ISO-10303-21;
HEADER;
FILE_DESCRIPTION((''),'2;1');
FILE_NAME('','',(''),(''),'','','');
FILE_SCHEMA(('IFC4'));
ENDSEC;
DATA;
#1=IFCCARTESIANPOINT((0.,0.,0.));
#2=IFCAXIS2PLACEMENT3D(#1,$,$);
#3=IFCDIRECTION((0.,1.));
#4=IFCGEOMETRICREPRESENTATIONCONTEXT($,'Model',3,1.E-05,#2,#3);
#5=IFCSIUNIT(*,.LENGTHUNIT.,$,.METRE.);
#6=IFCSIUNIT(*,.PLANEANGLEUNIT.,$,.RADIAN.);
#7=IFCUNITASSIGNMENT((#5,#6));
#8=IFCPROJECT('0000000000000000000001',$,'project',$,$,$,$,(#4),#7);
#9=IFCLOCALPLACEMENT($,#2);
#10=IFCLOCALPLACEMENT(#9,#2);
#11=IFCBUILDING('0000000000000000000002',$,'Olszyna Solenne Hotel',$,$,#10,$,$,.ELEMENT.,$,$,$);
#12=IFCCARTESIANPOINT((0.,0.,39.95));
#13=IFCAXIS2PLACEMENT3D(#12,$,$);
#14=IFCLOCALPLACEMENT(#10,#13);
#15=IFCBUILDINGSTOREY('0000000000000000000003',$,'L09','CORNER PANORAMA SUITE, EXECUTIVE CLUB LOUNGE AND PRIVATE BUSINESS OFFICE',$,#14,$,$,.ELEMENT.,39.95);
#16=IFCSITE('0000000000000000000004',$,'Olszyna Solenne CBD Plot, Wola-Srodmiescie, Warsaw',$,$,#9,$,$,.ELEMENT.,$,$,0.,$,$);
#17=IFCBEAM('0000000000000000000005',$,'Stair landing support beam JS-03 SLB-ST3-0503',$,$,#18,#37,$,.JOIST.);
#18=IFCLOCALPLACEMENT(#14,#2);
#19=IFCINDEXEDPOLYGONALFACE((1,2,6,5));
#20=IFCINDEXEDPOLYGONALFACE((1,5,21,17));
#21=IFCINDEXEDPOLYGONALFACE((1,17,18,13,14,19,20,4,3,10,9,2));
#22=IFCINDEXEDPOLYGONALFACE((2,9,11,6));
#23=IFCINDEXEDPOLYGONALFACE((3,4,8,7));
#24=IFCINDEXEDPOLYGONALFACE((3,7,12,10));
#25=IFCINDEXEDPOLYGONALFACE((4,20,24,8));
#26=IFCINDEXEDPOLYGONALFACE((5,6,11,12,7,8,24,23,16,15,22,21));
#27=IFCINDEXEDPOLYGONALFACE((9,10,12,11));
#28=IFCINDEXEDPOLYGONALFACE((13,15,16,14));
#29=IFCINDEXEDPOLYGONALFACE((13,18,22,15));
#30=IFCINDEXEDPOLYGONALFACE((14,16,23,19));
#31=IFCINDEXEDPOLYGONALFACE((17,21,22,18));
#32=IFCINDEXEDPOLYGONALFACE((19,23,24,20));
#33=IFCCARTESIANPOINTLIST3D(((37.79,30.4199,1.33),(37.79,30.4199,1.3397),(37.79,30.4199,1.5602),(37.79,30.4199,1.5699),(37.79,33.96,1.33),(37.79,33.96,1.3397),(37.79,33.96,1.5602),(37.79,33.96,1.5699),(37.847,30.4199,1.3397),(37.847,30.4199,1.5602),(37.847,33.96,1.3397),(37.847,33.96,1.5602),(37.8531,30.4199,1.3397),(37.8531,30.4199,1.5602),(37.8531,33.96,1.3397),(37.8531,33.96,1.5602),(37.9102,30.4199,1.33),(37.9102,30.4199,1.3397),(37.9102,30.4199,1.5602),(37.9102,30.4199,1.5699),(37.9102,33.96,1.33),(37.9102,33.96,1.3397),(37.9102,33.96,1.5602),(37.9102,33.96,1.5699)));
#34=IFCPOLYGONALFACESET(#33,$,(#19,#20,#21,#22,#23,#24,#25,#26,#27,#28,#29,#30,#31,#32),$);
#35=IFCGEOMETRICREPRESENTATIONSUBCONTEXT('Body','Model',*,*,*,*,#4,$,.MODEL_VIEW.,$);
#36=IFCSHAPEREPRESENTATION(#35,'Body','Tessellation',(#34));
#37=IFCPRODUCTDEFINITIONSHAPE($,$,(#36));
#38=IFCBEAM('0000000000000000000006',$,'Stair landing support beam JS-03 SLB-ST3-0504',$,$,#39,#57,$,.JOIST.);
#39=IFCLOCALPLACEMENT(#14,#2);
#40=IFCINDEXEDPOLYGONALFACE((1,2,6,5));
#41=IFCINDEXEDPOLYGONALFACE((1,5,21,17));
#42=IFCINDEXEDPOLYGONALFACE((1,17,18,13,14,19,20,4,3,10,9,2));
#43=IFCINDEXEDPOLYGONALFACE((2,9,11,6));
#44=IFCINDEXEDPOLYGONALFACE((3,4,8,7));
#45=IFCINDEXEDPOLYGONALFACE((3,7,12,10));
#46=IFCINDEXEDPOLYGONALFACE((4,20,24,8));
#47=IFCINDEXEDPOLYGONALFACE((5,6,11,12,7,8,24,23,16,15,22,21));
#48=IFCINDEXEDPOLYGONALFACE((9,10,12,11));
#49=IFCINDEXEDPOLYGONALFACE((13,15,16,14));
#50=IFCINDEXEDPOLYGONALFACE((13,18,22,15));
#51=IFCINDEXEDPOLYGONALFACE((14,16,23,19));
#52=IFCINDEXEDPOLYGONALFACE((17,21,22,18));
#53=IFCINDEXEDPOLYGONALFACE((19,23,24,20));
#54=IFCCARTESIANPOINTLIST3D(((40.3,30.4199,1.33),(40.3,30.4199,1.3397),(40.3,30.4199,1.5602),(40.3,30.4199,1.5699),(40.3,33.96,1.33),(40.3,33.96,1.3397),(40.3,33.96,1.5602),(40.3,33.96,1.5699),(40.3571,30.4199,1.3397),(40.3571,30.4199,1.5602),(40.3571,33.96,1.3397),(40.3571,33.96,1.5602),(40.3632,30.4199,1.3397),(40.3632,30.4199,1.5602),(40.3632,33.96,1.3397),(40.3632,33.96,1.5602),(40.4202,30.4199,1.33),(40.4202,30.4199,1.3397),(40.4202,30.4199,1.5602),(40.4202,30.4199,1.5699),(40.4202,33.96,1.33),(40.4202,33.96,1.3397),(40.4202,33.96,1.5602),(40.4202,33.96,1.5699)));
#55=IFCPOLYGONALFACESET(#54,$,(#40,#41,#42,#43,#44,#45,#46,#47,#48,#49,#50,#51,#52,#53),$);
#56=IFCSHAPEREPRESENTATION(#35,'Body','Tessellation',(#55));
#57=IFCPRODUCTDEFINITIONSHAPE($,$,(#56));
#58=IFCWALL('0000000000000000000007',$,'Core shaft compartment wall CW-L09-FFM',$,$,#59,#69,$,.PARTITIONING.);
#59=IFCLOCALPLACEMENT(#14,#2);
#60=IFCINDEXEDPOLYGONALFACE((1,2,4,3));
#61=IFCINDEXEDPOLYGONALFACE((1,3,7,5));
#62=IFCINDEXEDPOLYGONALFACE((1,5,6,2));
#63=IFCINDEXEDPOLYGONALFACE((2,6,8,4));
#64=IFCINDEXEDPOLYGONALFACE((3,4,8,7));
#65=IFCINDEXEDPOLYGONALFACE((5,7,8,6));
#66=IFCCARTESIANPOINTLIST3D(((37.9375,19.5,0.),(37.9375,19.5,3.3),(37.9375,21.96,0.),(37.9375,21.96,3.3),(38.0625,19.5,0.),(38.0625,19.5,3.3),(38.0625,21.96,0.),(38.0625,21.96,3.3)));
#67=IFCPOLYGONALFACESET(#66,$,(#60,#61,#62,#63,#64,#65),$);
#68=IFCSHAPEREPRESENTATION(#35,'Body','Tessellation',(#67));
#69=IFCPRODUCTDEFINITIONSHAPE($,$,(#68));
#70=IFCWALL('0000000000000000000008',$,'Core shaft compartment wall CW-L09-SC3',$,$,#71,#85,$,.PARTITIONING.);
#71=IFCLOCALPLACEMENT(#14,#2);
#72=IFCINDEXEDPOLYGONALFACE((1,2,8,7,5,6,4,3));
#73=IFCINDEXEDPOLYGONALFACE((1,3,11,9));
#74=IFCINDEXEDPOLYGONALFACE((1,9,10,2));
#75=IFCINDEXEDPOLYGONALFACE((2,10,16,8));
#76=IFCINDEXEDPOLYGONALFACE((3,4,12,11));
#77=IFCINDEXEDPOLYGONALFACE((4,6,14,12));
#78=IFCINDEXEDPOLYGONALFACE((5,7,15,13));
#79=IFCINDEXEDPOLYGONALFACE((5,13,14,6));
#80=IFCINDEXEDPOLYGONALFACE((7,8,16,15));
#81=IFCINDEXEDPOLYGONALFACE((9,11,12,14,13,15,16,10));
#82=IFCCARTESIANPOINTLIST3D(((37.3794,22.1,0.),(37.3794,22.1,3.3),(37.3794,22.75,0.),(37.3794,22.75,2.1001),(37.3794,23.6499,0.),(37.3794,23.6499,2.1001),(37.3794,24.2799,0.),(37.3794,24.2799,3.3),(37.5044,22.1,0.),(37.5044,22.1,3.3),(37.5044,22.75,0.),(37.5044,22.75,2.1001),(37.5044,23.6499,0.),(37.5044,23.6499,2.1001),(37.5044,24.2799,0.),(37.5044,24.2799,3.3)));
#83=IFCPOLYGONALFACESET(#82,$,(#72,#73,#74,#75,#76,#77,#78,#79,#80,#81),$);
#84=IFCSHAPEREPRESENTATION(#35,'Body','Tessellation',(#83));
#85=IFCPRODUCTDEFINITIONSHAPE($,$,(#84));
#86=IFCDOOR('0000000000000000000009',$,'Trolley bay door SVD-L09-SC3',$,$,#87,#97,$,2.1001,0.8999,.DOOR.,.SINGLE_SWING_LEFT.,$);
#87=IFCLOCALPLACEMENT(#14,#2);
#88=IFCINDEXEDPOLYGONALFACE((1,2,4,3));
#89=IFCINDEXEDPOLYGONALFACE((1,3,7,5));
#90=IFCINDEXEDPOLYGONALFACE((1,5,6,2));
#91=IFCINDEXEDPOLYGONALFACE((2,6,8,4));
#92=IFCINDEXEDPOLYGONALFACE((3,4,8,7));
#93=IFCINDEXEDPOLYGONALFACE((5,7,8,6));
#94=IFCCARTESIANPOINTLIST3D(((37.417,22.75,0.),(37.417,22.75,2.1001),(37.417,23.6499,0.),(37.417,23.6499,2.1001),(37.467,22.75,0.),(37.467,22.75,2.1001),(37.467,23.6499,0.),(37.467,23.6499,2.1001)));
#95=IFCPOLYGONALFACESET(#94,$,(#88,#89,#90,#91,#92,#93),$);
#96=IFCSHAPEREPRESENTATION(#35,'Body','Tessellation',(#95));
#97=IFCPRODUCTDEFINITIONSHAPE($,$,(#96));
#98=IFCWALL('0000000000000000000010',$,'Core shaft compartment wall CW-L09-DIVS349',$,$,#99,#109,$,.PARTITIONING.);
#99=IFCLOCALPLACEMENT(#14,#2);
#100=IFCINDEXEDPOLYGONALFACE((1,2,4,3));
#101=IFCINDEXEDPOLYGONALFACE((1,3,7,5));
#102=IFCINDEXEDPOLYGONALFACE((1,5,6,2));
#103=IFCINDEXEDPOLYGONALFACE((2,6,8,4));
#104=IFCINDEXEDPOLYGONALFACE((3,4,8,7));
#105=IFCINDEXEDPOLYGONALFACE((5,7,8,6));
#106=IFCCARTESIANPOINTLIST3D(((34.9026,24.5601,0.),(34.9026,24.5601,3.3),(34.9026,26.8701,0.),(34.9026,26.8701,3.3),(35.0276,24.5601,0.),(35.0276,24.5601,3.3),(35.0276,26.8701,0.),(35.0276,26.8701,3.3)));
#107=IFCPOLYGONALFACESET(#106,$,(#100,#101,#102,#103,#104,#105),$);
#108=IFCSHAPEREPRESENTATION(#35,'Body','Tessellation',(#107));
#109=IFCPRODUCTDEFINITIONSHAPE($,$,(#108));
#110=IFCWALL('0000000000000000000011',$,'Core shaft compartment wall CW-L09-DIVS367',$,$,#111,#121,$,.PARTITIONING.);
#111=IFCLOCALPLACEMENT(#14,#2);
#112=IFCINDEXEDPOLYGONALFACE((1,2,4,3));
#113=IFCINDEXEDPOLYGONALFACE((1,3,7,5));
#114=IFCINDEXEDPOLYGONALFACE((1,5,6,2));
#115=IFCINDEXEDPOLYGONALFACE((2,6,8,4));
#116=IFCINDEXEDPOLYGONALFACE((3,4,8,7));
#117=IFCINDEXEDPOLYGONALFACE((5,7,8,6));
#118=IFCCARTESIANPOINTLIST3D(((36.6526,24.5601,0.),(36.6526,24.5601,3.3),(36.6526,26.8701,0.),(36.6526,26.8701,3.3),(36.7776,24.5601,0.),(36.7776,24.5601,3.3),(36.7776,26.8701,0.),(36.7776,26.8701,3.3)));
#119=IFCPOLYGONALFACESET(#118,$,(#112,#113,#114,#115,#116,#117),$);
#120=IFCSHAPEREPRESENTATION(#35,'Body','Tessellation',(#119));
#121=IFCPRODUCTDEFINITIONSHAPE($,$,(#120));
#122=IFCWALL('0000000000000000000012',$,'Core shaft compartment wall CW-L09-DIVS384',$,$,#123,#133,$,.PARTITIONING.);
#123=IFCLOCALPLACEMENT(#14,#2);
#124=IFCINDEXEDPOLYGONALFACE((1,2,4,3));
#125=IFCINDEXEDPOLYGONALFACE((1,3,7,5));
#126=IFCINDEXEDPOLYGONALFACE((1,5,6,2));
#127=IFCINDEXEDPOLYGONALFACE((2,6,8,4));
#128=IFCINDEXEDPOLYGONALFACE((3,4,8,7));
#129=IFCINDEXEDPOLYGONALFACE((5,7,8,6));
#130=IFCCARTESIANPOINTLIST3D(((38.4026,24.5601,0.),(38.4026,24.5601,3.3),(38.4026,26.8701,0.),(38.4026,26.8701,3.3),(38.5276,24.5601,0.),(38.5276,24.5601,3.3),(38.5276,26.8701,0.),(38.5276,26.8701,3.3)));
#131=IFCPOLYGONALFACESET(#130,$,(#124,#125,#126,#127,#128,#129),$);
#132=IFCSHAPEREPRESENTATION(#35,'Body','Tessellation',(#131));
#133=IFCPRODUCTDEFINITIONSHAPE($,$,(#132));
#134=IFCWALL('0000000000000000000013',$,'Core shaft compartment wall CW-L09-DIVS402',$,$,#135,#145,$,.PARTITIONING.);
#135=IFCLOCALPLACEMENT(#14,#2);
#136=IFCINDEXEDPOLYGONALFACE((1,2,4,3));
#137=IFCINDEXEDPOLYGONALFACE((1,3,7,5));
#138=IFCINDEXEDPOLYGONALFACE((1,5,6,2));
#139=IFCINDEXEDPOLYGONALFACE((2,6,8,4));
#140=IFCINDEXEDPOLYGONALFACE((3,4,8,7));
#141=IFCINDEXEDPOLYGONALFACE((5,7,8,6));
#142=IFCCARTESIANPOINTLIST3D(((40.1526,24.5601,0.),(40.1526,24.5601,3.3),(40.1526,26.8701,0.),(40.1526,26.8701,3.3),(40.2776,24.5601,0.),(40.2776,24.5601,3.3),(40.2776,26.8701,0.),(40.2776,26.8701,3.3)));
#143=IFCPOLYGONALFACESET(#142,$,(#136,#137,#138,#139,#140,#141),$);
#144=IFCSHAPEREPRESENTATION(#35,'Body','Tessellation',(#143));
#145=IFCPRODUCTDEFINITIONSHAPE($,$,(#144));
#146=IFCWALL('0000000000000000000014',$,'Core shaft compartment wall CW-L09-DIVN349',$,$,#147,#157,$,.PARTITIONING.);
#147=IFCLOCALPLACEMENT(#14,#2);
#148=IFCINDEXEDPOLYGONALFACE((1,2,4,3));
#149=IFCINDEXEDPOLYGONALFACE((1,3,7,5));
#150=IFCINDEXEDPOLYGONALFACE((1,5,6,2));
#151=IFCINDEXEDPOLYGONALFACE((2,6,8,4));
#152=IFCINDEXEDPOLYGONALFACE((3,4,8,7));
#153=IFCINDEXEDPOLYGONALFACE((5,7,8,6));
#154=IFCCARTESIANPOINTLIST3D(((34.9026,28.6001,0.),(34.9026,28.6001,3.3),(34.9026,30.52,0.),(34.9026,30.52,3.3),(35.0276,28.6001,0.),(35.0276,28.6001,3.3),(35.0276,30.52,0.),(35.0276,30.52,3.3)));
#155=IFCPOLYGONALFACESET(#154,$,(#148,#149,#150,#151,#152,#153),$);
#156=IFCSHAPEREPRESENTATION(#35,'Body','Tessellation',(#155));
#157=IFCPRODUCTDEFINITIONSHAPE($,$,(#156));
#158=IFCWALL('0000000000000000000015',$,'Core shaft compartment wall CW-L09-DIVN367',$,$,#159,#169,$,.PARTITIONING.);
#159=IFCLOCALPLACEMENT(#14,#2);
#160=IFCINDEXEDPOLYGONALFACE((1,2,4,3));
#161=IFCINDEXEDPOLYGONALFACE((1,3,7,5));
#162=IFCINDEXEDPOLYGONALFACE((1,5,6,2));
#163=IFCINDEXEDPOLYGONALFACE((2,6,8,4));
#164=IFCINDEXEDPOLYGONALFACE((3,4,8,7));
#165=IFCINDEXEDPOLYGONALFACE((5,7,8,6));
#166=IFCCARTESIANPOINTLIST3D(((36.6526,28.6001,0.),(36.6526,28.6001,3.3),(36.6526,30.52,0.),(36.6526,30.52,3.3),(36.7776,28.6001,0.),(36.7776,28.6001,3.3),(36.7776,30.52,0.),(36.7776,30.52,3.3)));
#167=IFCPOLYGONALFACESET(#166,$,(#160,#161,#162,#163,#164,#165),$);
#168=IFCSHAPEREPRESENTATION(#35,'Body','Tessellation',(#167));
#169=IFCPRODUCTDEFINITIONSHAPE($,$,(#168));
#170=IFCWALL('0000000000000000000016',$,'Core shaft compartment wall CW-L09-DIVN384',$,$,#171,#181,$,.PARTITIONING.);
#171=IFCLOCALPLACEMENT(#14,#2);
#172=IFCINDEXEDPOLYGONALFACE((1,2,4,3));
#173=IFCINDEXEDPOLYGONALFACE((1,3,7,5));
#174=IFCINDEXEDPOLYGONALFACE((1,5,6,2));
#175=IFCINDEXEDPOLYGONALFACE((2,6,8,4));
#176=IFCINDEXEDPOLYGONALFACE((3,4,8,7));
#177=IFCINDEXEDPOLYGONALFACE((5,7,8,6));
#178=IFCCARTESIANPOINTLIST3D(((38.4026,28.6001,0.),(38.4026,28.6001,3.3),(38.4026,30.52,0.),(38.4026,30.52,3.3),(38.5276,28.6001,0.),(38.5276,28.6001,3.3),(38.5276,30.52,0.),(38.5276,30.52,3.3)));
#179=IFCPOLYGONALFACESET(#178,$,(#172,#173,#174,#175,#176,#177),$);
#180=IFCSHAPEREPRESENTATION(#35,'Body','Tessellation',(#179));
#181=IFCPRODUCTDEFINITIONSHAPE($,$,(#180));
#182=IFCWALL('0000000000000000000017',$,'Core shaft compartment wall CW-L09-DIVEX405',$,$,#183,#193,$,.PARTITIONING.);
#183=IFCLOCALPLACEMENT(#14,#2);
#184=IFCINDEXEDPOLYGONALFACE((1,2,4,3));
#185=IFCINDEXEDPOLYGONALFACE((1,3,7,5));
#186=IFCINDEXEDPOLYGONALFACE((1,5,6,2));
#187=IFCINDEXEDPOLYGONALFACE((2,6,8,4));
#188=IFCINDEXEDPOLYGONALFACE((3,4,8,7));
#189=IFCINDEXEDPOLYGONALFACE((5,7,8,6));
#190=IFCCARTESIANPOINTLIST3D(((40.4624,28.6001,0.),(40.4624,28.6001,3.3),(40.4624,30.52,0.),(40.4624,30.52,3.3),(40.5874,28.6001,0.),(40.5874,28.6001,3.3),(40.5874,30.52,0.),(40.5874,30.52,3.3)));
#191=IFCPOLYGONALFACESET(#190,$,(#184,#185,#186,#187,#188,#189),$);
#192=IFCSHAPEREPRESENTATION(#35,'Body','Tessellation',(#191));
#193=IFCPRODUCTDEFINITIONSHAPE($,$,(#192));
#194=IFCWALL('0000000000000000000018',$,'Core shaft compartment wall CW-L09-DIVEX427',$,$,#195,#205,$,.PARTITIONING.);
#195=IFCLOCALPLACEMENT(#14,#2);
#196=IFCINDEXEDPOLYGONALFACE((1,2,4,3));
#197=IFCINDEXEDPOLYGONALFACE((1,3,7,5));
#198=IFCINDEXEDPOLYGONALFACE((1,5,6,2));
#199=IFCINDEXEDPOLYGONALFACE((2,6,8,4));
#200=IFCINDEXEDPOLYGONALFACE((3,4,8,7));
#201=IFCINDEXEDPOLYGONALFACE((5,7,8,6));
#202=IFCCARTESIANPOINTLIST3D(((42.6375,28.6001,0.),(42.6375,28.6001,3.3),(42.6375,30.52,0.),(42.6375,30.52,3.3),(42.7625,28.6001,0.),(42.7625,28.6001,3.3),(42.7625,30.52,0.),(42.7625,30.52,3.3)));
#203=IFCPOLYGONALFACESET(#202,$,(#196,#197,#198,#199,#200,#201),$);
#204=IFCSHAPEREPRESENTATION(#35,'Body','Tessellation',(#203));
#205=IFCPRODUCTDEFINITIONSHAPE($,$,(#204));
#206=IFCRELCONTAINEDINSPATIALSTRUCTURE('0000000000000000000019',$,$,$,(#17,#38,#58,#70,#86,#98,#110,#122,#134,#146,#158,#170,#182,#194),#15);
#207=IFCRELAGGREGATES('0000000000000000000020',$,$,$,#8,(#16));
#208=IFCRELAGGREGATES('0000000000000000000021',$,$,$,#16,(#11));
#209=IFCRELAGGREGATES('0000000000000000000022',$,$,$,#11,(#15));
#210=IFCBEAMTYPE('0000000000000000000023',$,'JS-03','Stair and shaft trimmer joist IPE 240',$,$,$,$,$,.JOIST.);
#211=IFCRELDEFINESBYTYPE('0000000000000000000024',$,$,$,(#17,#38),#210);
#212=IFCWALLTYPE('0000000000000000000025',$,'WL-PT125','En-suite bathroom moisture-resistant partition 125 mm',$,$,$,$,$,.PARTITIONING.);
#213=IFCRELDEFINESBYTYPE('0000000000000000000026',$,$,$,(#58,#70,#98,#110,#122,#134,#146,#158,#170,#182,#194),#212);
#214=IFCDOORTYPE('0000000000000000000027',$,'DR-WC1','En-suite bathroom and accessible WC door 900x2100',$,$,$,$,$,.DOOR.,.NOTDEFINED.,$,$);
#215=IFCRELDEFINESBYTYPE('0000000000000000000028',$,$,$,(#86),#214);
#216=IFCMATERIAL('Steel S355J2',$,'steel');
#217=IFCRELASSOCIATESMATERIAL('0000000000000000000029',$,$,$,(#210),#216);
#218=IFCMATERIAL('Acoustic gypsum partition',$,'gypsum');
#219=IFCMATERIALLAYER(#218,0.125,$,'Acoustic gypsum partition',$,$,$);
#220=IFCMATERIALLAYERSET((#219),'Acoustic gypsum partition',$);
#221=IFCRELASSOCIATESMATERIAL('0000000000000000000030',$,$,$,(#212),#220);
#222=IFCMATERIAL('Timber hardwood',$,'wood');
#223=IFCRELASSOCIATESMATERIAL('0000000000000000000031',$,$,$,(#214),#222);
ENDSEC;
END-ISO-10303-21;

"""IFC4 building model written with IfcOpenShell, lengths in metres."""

from ifc_helpers import new_model, si_unit, direction, frame, frame_2d, origin, origin_2d, place, context, subcontext, project, spatial, rectangle, i_section, extrude, source, transform, mapped, material, layer, layer_set, material_profile, profile_set, type_object, type_shapes, element, fill, save


model = new_model("IFC4")

# Units and contexts
model_context = context("Model", 3, precision=1e-05, world=origin(), true_north=direction((0.0, 1.0)))
body_context = subcontext(model_context, "Body", "Model", "MODEL_VIEW")
ifc_project = project(units=[si_unit("LENGTHUNIT", "METRE"), si_unit("PLANEANGLEUNIT", "RADIAN")], contexts=[model_context])

# Site, building, storey
site_placement = place(None, origin())
site = spatial("IfcSite", under=ifc_project, at=site_placement, Name="Olszyna Solenne CBD Plot, Wola-Srodmiescie, Warsaw", CompositionType="ELEMENT", RefElevation=0.0)
building_placement = place(site_placement, origin())
building = spatial("IfcBuilding", under=site, at=building_placement, Name="Olszyna Solenne Hotel", CompositionType="ELEMENT")
storey_placement = place(building_placement, frame((0.0, 0.0, 39.95)))
storey = spatial("IfcBuildingStorey", under=building, at=storey_placement, Name="L09", Description="CORNER PANORAMA SUITE, EXECUTIVE CLUB LOUNGE AND PRIVATE BUSINESS OFFICE", CompositionType="ELEMENT", Elevation=39.95)

# Beams
ifc_material_1 = material(Name="Steel S355J2", Category="steel")
ifc_material_profile = material_profile(ifc_material_1, i_section(OverallWidth=0.1201, OverallDepth=0.24, WebThickness=0.0061, FlangeThickness=0.0098, at=origin_2d()), Name="IPE 240", Category="load-bearing")
ifc_profile_set = profile_set([ifc_material_profile], Name="Steel S355J2")
beam_type = type_object("IfcBeamType", Name="JS-03", Description="Stair and shaft trimmer joist IPE 240", PredefinedType="JOIST", material=ifc_profile_set)
shared_shape_1 = source(origin(), body_context, "Body", "SweptSolid", [
    extrude(i_section(OverallWidth=0.1201, OverallDepth=0.24, WebThickness=0.0061, FlangeThickness=0.0098, at=origin_2d()), origin(), (0.0, 0.0, 1.0), 3.54),
])
for number, where, z_axis, x_axis, name in (
    (1, (37.8501, 30.4199, 1.45), (0.0, 1.0, 0.0), (-1.0, 0.0, 0.0), "Stair landing support beam JS-03 SLB-ST3-0503"),
    (2, (40.3601, 30.4199, 1.45), (0.0, 1.0, 0.0), (-1.0, 0.0, 0.0), "Stair landing support beam JS-03 SLB-ST3-0504"),
):
    element("IfcBeam", number, at=place(storey_placement, frame(where, z_axis=z_axis, x_axis=x_axis)), inside=storey, type_object=beam_type, Name=name, PredefinedType="JOIST", context=body_context, shape_type="MappedRepresentation", body=[
        mapped(shared_shape_1, transform((0.0, 0.0, 0.0), x_axis=(1.0, 0.0, 0.0), y_axis=(0.0, 1.0, 0.0), z_axis=(0.0, 0.0, 1.0), scale=1.0)),
    ])

# Wall
ifc_material_2 = material(Name="Acoustic gypsum partition", Category="gypsum")
ifc_layer_1 = layer(ifc_material_2, 0.125, Name="Acoustic gypsum partition")
ifc_layer_set_1 = layer_set([ifc_layer_1], Name="Acoustic gypsum partition")
wall_type_1 = type_object("IfcWallType", Name="WL-PT125", Description="En-suite bathroom moisture-resistant partition 125 mm", PredefinedType="PARTITIONING", material=ifc_layer_set_1)
wall_1_placement = place(storey_placement, frame((38.0, 19.5, 0.0), z_axis=(0.0, 0.0, 1.0), x_axis=(0.0, 1.0, 0.0)))
element("IfcWall", 3, at=wall_1_placement, inside=storey, type_object=wall_type_1, Name="Core shaft compartment wall CW-L09-FFM", PredefinedType="PARTITIONING", context=body_context, shape_type="SweptSolid", body=[
    extrude(rectangle(XDim=2.46, YDim=0.125, at=frame_2d((1.23, 0.0))), origin(), (0.0, 0.0, 1.0), 3.3),
])

# Wall, opening, door
wall_2_placement = place(storey_placement, frame((37.4419, 22.1001, 0.0), z_axis=(0.0, 0.0, 1.0), x_axis=(0.0, 1.0, 0.0)))
wall_2 = element("IfcWall", 4, at=wall_2_placement, inside=storey, type_object=wall_type_1, Name="Core shaft compartment wall CW-L09-SC3", PredefinedType="PARTITIONING", context=body_context, shape_type="SweptSolid", body=[
    extrude(rectangle(XDim=2.1799, YDim=0.125, at=frame_2d((1.0898, 0.0))), origin(), (0.0, 0.0, 1.0), 3.3),
])
opening_1_placement = place(wall_2_placement, frame((0.6499, 0.0, 0.0)))
opening_1 = element("IfcOpeningElement", 5, at=opening_1_placement, cuts=wall_2, PredefinedType="OPENING", context=body_context, shape_type="SweptSolid", body=[
    extrude(rectangle(XDim=0.8999, YDim=2.1001, at=frame_2d((0.45, 1.05))), frame((0.0, 0.0725, 0.0), z_axis=(0.0, -1.0, 0.0), x_axis=(1.0, 0.0, 0.0)), (0.0, 0.0, 1.0), 0.145),
])
ifc_material_3 = material(Name="Timber hardwood", Category="wood")
door_type_1 = type_object("IfcDoorType", Name="DR-WC1", Description="En-suite bathroom and accessible WC door 900x2100", OperationType="NOTDEFINED", PredefinedType="DOOR", material=ifc_material_3)
shared_shape_2 = source(origin(), body_context, "Body", "SweptSolid", [
    extrude(rectangle(XDim=0.8999, YDim=2.1001, at=frame_2d((0.45, 1.05))), frame((0.0, 0.0249, 0.0), z_axis=(0.0, -1.0, 0.0), x_axis=(1.0, 0.0, 0.0)), (0.0, 0.0, 1.0), 0.05),
])
type_shapes(door_type_1, [shared_shape_2])
door_1_placement = place(opening_1_placement, origin())
door_1 = element("IfcDoor", 6, at=door_1_placement, inside=storey, type_object=door_type_1, Name="Trolley bay door SVD-L09-SC3", OperationType="SINGLE_SWING_LEFT", OverallHeight=2.1001, OverallWidth=0.8999, PredefinedType="DOOR", context=body_context, shape_type="MappedRepresentation", body=[
    mapped(shared_shape_2, transform((0.0, 0.0, 0.0), x_axis=(1.0, 0.0, 0.0), y_axis=(0.0, 1.0, 0.0), z_axis=(0.0, 0.0, 1.0), scale=1.0)),
])
fill(opening_1, door_1)

# Walls
for number, where, z_axis, x_axis, name in (
    (7, (34.9651, 24.5601, 0.0), (0.0, 0.0, 1.0), (0.0, 1.0, 0.0), "Core shaft compartment wall CW-L09-DIVS349"),
    (8, (36.7151, 24.5601, 0.0), (0.0, 0.0, 1.0), (0.0, 1.0, 0.0), "Core shaft compartment wall CW-L09-DIVS367"),
    (9, (38.4651, 24.5601, 0.0), (0.0, 0.0, 1.0), (0.0, 1.0, 0.0), "Core shaft compartment wall CW-L09-DIVS384"),
    (10, (40.2151, 24.5601, 0.0), (0.0, 0.0, 1.0), (0.0, 1.0, 0.0), "Core shaft compartment wall CW-L09-DIVS402"),
):
    element("IfcWall", number, at=place(storey_placement, frame(where, z_axis=z_axis, x_axis=x_axis)), inside=storey, type_object=wall_type_1, Name=name, PredefinedType="PARTITIONING", context=body_context, shape_type="SweptSolid", body=[
        extrude(rectangle(XDim=2.3101, YDim=0.125, at=frame_2d((1.155, 0.0))), origin(), (0.0, 0.0, 1.0), 3.3),
    ])
for number, where, z_axis, x_axis, name in (
    (11, (34.9651, 28.6001, 0.0), (0.0, 0.0, 1.0), (0.0, 1.0, 0.0), "Core shaft compartment wall CW-L09-DIVN349"),
    (12, (36.7151, 28.6001, 0.0), (0.0, 0.0, 1.0), (0.0, 1.0, 0.0), "Core shaft compartment wall CW-L09-DIVN367"),
    (13, (38.4651, 28.6001, 0.0), (0.0, 0.0, 1.0), (0.0, 1.0, 0.0), "Core shaft compartment wall CW-L09-DIVN384"),
    (14, (40.5249, 28.6001, 0.0), (0.0, 0.0, 1.0), (0.0, 1.0, 0.0), "Core shaft compartment wall CW-L09-DIVEX405"),
    (15, (42.7, 28.6001, 0.0), (0.0, 0.0, 1.0), (0.0, 1.0, 0.0), "Core shaft compartment wall CW-L09-DIVEX427"),
):
    element("IfcWall", number, at=place(storey_placement, frame(where, z_axis=z_axis, x_axis=x_axis)), inside=storey, type_object=wall_type_1, Name=name, PredefinedType="PARTITIONING", context=body_context, shape_type="SweptSolid", body=[
        extrude(rectangle(XDim=1.9199, YDim=0.125, at=frame_2d((0.96, 0.0))), origin(), (0.0, 0.0, 1.0), 3.3),
    ])

save(model, "model.ifc")
